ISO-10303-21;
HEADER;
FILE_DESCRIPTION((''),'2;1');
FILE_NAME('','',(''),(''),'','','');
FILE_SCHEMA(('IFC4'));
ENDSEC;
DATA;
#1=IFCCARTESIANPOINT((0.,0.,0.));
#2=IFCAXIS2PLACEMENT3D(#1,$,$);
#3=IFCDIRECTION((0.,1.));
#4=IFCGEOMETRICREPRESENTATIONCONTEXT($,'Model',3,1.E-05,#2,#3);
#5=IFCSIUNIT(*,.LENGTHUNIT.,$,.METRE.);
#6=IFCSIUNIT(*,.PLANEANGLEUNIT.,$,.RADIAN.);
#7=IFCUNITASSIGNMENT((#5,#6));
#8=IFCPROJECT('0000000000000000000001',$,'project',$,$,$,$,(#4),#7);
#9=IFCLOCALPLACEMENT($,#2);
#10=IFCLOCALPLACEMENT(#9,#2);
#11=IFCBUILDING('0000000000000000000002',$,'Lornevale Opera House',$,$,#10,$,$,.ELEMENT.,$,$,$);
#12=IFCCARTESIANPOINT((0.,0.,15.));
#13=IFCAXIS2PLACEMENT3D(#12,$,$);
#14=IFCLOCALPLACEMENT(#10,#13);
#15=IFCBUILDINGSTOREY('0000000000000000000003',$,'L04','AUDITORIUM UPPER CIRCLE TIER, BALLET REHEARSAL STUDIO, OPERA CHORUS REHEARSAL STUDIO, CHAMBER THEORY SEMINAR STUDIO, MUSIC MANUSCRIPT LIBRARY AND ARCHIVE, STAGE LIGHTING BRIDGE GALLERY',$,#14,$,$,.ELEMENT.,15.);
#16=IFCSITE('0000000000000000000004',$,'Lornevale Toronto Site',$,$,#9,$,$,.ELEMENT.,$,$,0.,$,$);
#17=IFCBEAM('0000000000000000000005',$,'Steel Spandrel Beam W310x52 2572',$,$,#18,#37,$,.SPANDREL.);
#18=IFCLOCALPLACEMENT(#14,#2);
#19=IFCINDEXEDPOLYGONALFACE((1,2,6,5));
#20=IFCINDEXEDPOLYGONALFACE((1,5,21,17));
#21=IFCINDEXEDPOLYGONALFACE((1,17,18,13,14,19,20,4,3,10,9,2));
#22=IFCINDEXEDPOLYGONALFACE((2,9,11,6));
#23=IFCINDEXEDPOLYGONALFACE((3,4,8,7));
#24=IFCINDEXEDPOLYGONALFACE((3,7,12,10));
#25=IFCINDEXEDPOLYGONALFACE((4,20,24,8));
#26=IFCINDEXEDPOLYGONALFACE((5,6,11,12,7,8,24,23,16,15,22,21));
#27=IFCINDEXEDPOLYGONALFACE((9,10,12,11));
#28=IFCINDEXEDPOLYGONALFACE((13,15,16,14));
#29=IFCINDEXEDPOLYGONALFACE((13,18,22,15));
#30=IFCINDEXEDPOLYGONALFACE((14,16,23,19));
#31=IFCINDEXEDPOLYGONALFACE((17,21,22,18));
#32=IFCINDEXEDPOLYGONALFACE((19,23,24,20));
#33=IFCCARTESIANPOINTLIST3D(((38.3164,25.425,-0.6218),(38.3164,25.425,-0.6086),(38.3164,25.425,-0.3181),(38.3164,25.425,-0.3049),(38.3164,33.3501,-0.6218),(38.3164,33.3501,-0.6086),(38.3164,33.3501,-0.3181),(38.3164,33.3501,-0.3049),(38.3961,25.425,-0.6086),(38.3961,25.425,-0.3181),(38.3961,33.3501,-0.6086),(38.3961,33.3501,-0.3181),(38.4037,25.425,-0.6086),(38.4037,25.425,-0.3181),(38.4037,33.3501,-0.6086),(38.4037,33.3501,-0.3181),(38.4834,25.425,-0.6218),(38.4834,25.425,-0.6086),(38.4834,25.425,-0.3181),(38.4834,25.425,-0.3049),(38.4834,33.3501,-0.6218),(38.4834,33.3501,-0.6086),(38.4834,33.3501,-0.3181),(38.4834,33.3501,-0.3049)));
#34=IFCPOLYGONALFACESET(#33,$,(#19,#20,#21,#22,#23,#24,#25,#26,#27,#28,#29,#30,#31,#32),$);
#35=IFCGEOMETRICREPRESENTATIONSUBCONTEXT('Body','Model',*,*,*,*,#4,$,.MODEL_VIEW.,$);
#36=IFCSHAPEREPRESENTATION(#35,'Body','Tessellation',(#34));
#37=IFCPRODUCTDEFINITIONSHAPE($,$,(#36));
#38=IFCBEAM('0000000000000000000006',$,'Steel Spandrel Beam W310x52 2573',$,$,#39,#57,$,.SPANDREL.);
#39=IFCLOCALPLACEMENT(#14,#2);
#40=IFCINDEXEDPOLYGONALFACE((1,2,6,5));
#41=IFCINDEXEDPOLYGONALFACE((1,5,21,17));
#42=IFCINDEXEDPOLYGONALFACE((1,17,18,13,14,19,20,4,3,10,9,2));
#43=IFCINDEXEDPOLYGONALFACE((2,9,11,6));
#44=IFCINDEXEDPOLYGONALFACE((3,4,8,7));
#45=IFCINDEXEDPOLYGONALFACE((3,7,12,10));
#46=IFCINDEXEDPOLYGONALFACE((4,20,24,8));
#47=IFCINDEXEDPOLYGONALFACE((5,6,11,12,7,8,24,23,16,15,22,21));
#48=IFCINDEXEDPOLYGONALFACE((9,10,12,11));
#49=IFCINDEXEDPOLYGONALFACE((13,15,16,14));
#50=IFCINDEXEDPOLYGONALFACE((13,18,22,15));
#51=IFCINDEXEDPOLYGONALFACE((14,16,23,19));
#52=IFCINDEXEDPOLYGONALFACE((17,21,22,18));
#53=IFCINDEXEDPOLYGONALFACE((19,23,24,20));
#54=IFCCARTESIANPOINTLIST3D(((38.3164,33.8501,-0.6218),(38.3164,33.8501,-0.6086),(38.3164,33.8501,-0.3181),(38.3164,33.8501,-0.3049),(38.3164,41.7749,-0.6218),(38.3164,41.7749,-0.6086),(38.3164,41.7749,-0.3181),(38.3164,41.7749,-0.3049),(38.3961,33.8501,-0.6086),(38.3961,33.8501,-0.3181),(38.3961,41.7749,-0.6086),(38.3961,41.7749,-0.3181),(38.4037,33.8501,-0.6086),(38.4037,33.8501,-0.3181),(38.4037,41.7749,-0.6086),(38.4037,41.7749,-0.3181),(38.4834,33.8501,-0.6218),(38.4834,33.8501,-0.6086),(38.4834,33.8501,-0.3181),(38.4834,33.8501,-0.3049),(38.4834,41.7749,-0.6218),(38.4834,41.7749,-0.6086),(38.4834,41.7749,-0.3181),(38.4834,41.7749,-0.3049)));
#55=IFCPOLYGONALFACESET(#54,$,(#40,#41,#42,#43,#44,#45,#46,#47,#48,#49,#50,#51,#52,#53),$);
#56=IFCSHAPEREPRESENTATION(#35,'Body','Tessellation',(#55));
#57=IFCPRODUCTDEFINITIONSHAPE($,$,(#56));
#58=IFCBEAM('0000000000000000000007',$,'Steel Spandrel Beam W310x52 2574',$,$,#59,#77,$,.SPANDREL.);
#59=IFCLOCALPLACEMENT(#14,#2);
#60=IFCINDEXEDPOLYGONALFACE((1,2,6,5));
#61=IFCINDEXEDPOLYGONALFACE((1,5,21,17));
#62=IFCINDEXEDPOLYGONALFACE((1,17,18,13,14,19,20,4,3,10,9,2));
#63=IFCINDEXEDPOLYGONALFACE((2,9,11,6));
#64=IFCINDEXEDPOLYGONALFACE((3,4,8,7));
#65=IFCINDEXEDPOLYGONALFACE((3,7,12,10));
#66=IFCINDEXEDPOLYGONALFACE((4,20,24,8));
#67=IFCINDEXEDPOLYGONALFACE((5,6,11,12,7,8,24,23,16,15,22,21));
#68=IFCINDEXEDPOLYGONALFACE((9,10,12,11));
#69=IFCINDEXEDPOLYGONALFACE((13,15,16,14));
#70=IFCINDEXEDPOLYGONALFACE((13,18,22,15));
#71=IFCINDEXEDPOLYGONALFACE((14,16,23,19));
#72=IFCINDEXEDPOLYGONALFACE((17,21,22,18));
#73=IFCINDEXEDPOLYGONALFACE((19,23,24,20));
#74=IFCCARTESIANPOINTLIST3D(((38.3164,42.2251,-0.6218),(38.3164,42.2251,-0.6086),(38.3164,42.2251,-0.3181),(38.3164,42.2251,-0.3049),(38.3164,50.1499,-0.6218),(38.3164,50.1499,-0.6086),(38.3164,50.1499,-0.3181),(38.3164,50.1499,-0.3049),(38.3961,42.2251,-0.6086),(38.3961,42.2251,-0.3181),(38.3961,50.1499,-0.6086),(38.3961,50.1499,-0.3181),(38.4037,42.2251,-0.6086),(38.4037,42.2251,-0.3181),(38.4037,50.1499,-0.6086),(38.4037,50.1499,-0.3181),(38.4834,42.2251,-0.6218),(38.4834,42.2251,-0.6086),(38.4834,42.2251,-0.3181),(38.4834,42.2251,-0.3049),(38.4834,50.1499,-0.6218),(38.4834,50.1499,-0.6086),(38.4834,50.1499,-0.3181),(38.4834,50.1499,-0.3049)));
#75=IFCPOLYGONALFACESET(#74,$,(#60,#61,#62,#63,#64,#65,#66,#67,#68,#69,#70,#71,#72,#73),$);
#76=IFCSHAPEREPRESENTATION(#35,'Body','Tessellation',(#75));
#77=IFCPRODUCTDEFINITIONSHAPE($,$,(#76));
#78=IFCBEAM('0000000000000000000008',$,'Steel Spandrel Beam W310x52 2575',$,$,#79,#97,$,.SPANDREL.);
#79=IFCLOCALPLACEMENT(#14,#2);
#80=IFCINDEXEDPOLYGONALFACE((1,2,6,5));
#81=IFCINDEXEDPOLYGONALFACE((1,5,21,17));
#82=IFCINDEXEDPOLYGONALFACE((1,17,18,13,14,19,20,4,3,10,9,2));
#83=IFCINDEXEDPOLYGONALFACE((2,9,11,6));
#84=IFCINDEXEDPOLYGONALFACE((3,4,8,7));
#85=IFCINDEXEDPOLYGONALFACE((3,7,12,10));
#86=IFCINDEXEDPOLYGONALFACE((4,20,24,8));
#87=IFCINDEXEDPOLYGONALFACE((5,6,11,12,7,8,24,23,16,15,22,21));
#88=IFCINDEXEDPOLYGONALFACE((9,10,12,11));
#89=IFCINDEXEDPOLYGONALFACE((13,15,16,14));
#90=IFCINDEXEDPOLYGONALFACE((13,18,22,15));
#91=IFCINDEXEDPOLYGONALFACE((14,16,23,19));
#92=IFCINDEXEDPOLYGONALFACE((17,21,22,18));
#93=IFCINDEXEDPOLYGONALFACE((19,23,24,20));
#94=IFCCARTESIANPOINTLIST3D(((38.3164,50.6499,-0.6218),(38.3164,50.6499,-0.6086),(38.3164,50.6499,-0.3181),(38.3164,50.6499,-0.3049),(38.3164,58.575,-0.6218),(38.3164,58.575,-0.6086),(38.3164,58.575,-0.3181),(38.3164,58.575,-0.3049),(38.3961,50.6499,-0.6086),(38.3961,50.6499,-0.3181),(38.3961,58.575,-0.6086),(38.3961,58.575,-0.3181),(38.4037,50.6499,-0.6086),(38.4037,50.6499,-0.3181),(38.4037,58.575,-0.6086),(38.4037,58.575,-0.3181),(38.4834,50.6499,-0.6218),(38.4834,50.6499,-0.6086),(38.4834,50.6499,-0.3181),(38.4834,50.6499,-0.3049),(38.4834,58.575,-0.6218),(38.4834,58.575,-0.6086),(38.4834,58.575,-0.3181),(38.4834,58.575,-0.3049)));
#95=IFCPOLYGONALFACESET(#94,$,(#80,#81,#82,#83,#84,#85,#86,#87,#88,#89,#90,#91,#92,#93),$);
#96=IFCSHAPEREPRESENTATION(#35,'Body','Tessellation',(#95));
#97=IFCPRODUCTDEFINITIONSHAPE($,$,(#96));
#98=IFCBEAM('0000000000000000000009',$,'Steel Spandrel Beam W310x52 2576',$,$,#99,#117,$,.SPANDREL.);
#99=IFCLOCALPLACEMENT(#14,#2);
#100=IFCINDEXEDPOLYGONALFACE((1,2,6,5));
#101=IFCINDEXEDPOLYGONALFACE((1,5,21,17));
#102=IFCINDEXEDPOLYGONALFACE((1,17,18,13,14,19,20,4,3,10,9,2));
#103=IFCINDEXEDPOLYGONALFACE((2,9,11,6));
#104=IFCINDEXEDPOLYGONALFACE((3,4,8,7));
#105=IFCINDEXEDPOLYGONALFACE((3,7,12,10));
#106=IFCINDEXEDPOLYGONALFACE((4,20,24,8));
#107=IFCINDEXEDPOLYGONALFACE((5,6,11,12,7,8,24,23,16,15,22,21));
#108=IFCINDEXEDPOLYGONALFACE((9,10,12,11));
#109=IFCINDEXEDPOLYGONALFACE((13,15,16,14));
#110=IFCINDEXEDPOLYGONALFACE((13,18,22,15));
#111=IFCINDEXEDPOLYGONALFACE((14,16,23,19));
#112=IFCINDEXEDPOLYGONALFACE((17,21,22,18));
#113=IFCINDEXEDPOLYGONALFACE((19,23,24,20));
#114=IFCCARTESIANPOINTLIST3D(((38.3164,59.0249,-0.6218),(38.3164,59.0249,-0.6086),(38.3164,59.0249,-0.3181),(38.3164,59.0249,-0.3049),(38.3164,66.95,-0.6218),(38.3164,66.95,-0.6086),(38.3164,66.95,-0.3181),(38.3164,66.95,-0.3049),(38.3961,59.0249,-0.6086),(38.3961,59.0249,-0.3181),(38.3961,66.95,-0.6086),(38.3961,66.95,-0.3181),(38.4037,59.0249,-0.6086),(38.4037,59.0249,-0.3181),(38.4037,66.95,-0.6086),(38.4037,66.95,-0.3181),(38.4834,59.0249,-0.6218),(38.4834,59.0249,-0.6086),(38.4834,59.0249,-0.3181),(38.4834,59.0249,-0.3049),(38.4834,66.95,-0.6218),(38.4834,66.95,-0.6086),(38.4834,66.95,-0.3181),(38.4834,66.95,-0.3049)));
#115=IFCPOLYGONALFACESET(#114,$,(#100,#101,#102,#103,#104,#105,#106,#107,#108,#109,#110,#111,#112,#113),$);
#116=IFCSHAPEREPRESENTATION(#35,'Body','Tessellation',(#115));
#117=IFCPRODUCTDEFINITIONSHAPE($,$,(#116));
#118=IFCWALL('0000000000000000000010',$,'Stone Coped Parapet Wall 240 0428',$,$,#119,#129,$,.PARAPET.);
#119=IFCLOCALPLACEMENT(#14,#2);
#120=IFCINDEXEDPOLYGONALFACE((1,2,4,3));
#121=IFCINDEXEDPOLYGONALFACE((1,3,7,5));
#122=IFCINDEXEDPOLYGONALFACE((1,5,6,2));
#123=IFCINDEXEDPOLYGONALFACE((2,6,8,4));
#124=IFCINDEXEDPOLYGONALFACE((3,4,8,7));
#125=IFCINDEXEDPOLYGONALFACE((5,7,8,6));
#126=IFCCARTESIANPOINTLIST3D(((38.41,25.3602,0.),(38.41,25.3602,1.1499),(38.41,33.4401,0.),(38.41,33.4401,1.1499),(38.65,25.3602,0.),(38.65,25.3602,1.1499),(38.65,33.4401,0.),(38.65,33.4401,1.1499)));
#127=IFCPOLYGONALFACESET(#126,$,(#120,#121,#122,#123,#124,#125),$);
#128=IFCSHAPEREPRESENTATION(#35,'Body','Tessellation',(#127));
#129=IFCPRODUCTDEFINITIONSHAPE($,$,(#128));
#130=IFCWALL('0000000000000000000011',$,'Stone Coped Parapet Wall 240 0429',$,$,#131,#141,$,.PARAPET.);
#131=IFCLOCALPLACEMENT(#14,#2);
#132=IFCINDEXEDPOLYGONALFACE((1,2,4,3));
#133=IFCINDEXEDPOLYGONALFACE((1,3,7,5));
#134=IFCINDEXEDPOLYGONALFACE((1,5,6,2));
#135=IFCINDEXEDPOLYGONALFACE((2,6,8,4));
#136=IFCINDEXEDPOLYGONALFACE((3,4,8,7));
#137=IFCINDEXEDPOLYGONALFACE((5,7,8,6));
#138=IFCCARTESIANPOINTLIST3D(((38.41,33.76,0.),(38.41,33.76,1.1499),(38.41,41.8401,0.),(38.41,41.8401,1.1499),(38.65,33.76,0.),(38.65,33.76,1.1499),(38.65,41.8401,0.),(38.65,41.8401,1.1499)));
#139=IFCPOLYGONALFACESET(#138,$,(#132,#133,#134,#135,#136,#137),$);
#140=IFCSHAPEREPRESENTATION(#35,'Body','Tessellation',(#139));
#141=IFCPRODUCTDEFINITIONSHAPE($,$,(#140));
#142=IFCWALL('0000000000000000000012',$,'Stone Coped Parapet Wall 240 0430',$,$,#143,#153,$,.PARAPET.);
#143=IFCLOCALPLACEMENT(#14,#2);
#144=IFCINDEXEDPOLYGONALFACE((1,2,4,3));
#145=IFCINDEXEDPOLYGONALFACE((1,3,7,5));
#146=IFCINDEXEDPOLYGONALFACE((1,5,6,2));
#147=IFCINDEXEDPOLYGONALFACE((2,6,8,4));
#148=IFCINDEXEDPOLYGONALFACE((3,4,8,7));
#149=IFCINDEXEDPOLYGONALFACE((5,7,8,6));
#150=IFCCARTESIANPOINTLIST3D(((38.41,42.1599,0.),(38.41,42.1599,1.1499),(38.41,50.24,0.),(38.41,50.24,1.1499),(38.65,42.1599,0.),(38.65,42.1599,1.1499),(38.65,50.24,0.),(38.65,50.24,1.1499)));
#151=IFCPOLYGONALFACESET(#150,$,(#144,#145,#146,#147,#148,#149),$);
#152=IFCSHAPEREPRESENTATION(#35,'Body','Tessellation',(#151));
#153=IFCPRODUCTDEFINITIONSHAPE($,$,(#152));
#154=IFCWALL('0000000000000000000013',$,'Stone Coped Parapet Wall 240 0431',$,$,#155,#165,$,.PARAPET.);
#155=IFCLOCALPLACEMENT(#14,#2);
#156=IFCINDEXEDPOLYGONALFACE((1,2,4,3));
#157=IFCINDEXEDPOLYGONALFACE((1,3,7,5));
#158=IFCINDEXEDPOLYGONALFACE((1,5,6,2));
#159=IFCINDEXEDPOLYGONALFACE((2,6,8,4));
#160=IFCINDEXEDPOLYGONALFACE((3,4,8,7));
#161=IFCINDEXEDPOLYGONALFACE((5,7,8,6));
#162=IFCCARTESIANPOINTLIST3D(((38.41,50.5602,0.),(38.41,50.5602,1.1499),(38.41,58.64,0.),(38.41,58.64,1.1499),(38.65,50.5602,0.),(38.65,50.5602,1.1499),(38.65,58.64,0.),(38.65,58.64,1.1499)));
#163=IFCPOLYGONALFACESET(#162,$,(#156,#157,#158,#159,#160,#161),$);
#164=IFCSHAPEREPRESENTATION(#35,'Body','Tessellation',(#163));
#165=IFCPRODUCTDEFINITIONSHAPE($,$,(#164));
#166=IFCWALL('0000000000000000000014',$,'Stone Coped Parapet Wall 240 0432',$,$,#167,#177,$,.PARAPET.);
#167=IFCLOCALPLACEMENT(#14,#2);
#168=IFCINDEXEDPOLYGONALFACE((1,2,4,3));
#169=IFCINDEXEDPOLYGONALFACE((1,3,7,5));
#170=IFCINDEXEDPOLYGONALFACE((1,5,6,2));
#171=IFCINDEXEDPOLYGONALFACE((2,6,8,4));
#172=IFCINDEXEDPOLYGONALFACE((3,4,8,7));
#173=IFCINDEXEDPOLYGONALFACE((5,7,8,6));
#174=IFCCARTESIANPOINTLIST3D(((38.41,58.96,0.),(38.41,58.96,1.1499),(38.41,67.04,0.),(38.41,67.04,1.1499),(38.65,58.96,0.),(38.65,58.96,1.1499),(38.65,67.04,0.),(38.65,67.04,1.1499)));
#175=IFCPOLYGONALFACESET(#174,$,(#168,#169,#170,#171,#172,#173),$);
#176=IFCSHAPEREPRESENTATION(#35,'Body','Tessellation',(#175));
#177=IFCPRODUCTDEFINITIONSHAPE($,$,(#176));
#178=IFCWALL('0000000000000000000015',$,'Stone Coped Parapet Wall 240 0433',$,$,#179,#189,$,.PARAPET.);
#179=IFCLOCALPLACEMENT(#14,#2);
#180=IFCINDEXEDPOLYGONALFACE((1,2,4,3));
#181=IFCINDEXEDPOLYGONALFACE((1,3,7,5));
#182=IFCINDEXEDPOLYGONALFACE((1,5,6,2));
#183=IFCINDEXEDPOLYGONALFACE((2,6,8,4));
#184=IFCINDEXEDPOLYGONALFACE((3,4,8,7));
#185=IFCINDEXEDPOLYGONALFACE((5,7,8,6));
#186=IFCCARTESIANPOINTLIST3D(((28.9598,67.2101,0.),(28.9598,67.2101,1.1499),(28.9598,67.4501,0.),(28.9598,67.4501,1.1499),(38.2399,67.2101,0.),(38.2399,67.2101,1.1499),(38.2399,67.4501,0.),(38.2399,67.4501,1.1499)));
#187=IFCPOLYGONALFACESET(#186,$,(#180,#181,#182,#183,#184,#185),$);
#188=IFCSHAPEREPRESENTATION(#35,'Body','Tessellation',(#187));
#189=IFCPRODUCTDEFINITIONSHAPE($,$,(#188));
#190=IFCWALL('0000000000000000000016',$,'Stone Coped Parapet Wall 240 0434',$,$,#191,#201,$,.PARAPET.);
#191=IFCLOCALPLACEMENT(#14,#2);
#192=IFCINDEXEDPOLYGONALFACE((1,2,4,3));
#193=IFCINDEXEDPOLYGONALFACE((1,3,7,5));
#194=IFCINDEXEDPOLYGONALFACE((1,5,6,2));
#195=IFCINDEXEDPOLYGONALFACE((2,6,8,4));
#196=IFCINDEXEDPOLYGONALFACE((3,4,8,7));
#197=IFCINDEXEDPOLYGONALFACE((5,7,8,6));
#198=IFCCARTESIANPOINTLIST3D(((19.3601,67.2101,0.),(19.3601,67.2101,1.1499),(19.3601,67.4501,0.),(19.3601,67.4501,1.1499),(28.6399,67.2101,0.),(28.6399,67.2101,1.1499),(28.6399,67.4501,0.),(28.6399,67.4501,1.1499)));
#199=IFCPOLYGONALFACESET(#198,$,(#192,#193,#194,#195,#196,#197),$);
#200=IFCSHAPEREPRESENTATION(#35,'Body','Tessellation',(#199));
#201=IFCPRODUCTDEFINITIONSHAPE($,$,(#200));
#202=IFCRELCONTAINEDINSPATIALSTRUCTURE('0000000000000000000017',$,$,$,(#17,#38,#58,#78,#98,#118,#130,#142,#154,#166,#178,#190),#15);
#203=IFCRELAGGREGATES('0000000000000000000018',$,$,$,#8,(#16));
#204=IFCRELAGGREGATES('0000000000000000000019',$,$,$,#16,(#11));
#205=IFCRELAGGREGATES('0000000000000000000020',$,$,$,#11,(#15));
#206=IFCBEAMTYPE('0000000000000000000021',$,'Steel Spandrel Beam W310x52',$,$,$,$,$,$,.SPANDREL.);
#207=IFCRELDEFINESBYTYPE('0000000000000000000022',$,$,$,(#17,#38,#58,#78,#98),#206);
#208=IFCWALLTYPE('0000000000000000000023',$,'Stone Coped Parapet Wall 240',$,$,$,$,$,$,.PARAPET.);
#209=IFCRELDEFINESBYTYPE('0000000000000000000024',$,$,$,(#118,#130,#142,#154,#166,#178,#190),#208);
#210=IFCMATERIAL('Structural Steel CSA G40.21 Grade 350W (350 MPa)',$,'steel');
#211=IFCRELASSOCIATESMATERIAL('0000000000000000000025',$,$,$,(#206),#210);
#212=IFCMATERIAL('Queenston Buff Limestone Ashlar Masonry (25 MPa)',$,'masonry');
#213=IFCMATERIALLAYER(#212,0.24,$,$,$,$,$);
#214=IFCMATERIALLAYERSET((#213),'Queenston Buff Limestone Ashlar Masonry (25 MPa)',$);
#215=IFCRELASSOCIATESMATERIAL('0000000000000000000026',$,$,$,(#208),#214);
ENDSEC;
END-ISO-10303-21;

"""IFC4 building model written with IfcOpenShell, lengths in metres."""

from ifc_helpers import new_model, si_unit, direction, frame, frame_2d, origin, origin_2d, place, context, subcontext, project, spatial, rectangle, i_section, extrude, material, layer, layer_set, material_profile, profile_set, type_object, element, save


model = new_model("IFC4")

# Units and contexts
model_context = context("Model", 3, precision=1e-05, world=origin(), true_north=direction((0.0, 1.0)))
body_context = subcontext(model_context, "Body", "Model", "MODEL_VIEW")
ifc_project = project(units=[si_unit("LENGTHUNIT", "METRE"), si_unit("PLANEANGLEUNIT", "RADIAN")], contexts=[model_context])

# Site, building, storey
site_placement = place(None, origin())
site = spatial("IfcSite", under=ifc_project, at=site_placement, Name="Lornevale Toronto Site", CompositionType="ELEMENT", RefElevation=0.0)
building_placement = place(site_placement, origin())
building = spatial("IfcBuilding", under=site, at=building_placement, Name="Lornevale Opera House", CompositionType="ELEMENT")
storey_placement = place(building_placement, frame((0.0, 0.0, 15.0)))
storey = spatial("IfcBuildingStorey", under=building, at=storey_placement, Name="L04", Description="AUDITORIUM UPPER CIRCLE TIER, BALLET REHEARSAL STUDIO, OPERA CHORUS REHEARSAL STUDIO, CHAMBER THEORY SEMINAR STUDIO, MUSIC MANUSCRIPT LIBRARY AND ARCHIVE, STAGE LIGHTING BRIDGE GALLERY", CompositionType="ELEMENT", Elevation=15.0)

# Beams
ifc_material_1 = material(Name="Structural Steel CSA G40.21 Grade 350W (350 MPa)", Category="steel")
ifc_material_profile_1 = material_profile(ifc_material_1, i_section(OverallWidth=0.167, OverallDepth=0.3169, WebThickness=0.0076, FlangeThickness=0.0132, at=origin_2d()), Name="W310x52")
ifc_profile_set_1 = profile_set([ifc_material_profile_1], Name="Structural Steel CSA G40.21 Grade 350W (350 MPa)")
beam_type_1 = type_object("IfcBeamType", Name="Steel Spandrel Beam W310x52", PredefinedType="SPANDREL", material=ifc_profile_set_1)
beam_1_placement = place(storey_placement, frame((38.3999, 25.425, -0.4634), z_axis=(0.0, 1.0, 0.0), x_axis=(-1.0, 0.0, 0.0)))
element("IfcBeam", 1, at=beam_1_placement, inside=storey, type_object=beam_type_1, Name="Steel Spandrel Beam W310x52 2572", PredefinedType="SPANDREL", context=body_context, shape_type="SweptSolid", body=[
    extrude(i_section(OverallWidth=0.167, OverallDepth=0.3169, WebThickness=0.0076, FlangeThickness=0.0132, at=origin_2d()), origin(), (0.0, 0.0, 1.0), 7.925),
])
for number, where, z_axis, x_axis, name in (
    (2, (38.3999, 33.8501, -0.4634), (0.0, 1.0, 0.0), (-1.0, 0.0, 0.0), "Steel Spandrel Beam W310x52 2573"),
    (3, (38.3999, 42.2251, -0.4634), (0.0, 1.0, 0.0), (-1.0, 0.0, 0.0), "Steel Spandrel Beam W310x52 2574"),
):
    element("IfcBeam", number, at=place(storey_placement, frame(where, z_axis=z_axis, x_axis=x_axis)), inside=storey, type_object=beam_type_1, Name=name, PredefinedType="SPANDREL", context=body_context, shape_type="SweptSolid", body=[
        extrude(i_section(OverallWidth=0.167, OverallDepth=0.3169, WebThickness=0.0076, FlangeThickness=0.0132, at=origin_2d()), origin(), (0.0, 0.0, 1.0), 7.9248),
    ])
for number, where, z_axis, x_axis, name in (
    (4, (38.3999, 50.6499, -0.4634), (0.0, 1.0, 0.0), (-1.0, 0.0, 0.0), "Steel Spandrel Beam W310x52 2575"),
    (5, (38.3999, 59.0249, -0.4634), (0.0, 1.0, 0.0), (-1.0, 0.0, 0.0), "Steel Spandrel Beam W310x52 2576"),
):
    element("IfcBeam", number, at=place(storey_placement, frame(where, z_axis=z_axis, x_axis=x_axis)), inside=storey, type_object=beam_type_1, Name=name, PredefinedType="SPANDREL", context=body_context, shape_type="SweptSolid", body=[
        extrude(i_section(OverallWidth=0.167, OverallDepth=0.3169, WebThickness=0.0076, FlangeThickness=0.0132, at=origin_2d()), origin(), (0.0, 0.0, 1.0), 7.925),
    ])

# Walls
ifc_material_2 = material(Name="Queenston Buff Limestone Ashlar Masonry (25 MPa)", Category="masonry")
ifc_layer = layer(ifc_material_2, 0.24)
ifc_layer_set = layer_set([ifc_layer], Name="Queenston Buff Limestone Ashlar Masonry (25 MPa)")
wall_type = type_object("IfcWallType", Name="Stone Coped Parapet Wall 240", PredefinedType="PARAPET", material=ifc_layer_set)
wall_1_placement = place(storey_placement, frame((38.53, 25.3601, 0.0), z_axis=(0.0, 0.0, 1.0), x_axis=(0.0, 1.0, 0.0)))
element("IfcWall", 6, at=wall_1_placement, inside=storey, type_object=wall_type, Name="Stone Coped Parapet Wall 240 0428", PredefinedType="PARAPET", context=body_context, shape_type="SweptSolid", body=[
    extrude(rectangle(XDim=8.0798, YDim=0.24, at=frame_2d((4.04, 0.0))), origin(), (0.0, 0.0, 1.0), 1.1499),
])
for number, where, z_axis, x_axis, name in (
    (7, (38.53, 33.76, 0.0), (0.0, 0.0, 1.0), (0.0, 1.0, 0.0), "Stone Coped Parapet Wall 240 0429"),
    (8, (38.53, 42.1599, 0.0), (0.0, 0.0, 1.0), (0.0, 1.0, 0.0), "Stone Coped Parapet Wall 240 0430"),
):
    element("IfcWall", number, at=place(storey_placement, frame(where, z_axis=z_axis, x_axis=x_axis)), inside=storey, type_object=wall_type, Name=name, PredefinedType="PARAPET", context=body_context, shape_type="SweptSolid", body=[
        extrude(rectangle(XDim=8.0801, YDim=0.24, at=frame_2d((4.04, 0.0))), origin(), (0.0, 0.0, 1.0), 1.1499),
    ])
wall_2_placement = place(storey_placement, frame((38.53, 50.5601, 0.0), z_axis=(0.0, 0.0, 1.0), x_axis=(0.0, 1.0, 0.0)))
element("IfcWall", 9, at=wall_2_placement, inside=storey, type_object=wall_type, Name="Stone Coped Parapet Wall 240 0431", PredefinedType="PARAPET", context=body_context, shape_type="SweptSolid", body=[
    extrude(rectangle(XDim=8.0798, YDim=0.24, at=frame_2d((4.04, 0.0))), origin(), (0.0, 0.0, 1.0), 1.1499),
])
wall_3_placement = place(storey_placement, frame((38.53, 58.96, 0.0), z_axis=(0.0, 0.0, 1.0), x_axis=(0.0, 1.0, 0.0)))
element("IfcWall", 10, at=wall_3_placement, inside=storey, type_object=wall_type, Name="Stone Coped Parapet Wall 240 0432", PredefinedType="PARAPET", context=body_context, shape_type="SweptSolid", body=[
    extrude(rectangle(XDim=8.0801, YDim=0.24, at=frame_2d((4.04, 0.0))), origin(), (0.0, 0.0, 1.0), 1.1499),
])
wall_4_placement = place(storey_placement, frame((38.24, 67.3301, 0.0), z_axis=(0.0, 0.0, 1.0), x_axis=(-1.0, 0.0, 0.0)))
element("IfcWall", 11, at=wall_4_placement, inside=storey, type_object=wall_type, Name="Stone Coped Parapet Wall 240 0433", PredefinedType="PARAPET", context=body_context, shape_type="SweptSolid", body=[
    extrude(rectangle(XDim=9.28, YDim=0.24, at=frame_2d((4.6401, 0.0))), origin(), (0.0, 0.0, 1.0), 1.1499),
])
wall_5_placement = place(storey_placement, frame((28.6399, 67.3301, 0.0), z_axis=(0.0, 0.0, 1.0), x_axis=(-1.0, 0.0, 0.0)))
element("IfcWall", 12, at=wall_5_placement, inside=storey, type_object=wall_type, Name="Stone Coped Parapet Wall 240 0434", PredefinedType="PARAPET", context=body_context, shape_type="SweptSolid", body=[
    extrude(rectangle(XDim=9.2798, YDim=0.24, at=frame_2d((4.6399, 0.0))), origin(), (0.0, 0.0, 1.0), 1.1499),
])

save(model, "model.ifc")
